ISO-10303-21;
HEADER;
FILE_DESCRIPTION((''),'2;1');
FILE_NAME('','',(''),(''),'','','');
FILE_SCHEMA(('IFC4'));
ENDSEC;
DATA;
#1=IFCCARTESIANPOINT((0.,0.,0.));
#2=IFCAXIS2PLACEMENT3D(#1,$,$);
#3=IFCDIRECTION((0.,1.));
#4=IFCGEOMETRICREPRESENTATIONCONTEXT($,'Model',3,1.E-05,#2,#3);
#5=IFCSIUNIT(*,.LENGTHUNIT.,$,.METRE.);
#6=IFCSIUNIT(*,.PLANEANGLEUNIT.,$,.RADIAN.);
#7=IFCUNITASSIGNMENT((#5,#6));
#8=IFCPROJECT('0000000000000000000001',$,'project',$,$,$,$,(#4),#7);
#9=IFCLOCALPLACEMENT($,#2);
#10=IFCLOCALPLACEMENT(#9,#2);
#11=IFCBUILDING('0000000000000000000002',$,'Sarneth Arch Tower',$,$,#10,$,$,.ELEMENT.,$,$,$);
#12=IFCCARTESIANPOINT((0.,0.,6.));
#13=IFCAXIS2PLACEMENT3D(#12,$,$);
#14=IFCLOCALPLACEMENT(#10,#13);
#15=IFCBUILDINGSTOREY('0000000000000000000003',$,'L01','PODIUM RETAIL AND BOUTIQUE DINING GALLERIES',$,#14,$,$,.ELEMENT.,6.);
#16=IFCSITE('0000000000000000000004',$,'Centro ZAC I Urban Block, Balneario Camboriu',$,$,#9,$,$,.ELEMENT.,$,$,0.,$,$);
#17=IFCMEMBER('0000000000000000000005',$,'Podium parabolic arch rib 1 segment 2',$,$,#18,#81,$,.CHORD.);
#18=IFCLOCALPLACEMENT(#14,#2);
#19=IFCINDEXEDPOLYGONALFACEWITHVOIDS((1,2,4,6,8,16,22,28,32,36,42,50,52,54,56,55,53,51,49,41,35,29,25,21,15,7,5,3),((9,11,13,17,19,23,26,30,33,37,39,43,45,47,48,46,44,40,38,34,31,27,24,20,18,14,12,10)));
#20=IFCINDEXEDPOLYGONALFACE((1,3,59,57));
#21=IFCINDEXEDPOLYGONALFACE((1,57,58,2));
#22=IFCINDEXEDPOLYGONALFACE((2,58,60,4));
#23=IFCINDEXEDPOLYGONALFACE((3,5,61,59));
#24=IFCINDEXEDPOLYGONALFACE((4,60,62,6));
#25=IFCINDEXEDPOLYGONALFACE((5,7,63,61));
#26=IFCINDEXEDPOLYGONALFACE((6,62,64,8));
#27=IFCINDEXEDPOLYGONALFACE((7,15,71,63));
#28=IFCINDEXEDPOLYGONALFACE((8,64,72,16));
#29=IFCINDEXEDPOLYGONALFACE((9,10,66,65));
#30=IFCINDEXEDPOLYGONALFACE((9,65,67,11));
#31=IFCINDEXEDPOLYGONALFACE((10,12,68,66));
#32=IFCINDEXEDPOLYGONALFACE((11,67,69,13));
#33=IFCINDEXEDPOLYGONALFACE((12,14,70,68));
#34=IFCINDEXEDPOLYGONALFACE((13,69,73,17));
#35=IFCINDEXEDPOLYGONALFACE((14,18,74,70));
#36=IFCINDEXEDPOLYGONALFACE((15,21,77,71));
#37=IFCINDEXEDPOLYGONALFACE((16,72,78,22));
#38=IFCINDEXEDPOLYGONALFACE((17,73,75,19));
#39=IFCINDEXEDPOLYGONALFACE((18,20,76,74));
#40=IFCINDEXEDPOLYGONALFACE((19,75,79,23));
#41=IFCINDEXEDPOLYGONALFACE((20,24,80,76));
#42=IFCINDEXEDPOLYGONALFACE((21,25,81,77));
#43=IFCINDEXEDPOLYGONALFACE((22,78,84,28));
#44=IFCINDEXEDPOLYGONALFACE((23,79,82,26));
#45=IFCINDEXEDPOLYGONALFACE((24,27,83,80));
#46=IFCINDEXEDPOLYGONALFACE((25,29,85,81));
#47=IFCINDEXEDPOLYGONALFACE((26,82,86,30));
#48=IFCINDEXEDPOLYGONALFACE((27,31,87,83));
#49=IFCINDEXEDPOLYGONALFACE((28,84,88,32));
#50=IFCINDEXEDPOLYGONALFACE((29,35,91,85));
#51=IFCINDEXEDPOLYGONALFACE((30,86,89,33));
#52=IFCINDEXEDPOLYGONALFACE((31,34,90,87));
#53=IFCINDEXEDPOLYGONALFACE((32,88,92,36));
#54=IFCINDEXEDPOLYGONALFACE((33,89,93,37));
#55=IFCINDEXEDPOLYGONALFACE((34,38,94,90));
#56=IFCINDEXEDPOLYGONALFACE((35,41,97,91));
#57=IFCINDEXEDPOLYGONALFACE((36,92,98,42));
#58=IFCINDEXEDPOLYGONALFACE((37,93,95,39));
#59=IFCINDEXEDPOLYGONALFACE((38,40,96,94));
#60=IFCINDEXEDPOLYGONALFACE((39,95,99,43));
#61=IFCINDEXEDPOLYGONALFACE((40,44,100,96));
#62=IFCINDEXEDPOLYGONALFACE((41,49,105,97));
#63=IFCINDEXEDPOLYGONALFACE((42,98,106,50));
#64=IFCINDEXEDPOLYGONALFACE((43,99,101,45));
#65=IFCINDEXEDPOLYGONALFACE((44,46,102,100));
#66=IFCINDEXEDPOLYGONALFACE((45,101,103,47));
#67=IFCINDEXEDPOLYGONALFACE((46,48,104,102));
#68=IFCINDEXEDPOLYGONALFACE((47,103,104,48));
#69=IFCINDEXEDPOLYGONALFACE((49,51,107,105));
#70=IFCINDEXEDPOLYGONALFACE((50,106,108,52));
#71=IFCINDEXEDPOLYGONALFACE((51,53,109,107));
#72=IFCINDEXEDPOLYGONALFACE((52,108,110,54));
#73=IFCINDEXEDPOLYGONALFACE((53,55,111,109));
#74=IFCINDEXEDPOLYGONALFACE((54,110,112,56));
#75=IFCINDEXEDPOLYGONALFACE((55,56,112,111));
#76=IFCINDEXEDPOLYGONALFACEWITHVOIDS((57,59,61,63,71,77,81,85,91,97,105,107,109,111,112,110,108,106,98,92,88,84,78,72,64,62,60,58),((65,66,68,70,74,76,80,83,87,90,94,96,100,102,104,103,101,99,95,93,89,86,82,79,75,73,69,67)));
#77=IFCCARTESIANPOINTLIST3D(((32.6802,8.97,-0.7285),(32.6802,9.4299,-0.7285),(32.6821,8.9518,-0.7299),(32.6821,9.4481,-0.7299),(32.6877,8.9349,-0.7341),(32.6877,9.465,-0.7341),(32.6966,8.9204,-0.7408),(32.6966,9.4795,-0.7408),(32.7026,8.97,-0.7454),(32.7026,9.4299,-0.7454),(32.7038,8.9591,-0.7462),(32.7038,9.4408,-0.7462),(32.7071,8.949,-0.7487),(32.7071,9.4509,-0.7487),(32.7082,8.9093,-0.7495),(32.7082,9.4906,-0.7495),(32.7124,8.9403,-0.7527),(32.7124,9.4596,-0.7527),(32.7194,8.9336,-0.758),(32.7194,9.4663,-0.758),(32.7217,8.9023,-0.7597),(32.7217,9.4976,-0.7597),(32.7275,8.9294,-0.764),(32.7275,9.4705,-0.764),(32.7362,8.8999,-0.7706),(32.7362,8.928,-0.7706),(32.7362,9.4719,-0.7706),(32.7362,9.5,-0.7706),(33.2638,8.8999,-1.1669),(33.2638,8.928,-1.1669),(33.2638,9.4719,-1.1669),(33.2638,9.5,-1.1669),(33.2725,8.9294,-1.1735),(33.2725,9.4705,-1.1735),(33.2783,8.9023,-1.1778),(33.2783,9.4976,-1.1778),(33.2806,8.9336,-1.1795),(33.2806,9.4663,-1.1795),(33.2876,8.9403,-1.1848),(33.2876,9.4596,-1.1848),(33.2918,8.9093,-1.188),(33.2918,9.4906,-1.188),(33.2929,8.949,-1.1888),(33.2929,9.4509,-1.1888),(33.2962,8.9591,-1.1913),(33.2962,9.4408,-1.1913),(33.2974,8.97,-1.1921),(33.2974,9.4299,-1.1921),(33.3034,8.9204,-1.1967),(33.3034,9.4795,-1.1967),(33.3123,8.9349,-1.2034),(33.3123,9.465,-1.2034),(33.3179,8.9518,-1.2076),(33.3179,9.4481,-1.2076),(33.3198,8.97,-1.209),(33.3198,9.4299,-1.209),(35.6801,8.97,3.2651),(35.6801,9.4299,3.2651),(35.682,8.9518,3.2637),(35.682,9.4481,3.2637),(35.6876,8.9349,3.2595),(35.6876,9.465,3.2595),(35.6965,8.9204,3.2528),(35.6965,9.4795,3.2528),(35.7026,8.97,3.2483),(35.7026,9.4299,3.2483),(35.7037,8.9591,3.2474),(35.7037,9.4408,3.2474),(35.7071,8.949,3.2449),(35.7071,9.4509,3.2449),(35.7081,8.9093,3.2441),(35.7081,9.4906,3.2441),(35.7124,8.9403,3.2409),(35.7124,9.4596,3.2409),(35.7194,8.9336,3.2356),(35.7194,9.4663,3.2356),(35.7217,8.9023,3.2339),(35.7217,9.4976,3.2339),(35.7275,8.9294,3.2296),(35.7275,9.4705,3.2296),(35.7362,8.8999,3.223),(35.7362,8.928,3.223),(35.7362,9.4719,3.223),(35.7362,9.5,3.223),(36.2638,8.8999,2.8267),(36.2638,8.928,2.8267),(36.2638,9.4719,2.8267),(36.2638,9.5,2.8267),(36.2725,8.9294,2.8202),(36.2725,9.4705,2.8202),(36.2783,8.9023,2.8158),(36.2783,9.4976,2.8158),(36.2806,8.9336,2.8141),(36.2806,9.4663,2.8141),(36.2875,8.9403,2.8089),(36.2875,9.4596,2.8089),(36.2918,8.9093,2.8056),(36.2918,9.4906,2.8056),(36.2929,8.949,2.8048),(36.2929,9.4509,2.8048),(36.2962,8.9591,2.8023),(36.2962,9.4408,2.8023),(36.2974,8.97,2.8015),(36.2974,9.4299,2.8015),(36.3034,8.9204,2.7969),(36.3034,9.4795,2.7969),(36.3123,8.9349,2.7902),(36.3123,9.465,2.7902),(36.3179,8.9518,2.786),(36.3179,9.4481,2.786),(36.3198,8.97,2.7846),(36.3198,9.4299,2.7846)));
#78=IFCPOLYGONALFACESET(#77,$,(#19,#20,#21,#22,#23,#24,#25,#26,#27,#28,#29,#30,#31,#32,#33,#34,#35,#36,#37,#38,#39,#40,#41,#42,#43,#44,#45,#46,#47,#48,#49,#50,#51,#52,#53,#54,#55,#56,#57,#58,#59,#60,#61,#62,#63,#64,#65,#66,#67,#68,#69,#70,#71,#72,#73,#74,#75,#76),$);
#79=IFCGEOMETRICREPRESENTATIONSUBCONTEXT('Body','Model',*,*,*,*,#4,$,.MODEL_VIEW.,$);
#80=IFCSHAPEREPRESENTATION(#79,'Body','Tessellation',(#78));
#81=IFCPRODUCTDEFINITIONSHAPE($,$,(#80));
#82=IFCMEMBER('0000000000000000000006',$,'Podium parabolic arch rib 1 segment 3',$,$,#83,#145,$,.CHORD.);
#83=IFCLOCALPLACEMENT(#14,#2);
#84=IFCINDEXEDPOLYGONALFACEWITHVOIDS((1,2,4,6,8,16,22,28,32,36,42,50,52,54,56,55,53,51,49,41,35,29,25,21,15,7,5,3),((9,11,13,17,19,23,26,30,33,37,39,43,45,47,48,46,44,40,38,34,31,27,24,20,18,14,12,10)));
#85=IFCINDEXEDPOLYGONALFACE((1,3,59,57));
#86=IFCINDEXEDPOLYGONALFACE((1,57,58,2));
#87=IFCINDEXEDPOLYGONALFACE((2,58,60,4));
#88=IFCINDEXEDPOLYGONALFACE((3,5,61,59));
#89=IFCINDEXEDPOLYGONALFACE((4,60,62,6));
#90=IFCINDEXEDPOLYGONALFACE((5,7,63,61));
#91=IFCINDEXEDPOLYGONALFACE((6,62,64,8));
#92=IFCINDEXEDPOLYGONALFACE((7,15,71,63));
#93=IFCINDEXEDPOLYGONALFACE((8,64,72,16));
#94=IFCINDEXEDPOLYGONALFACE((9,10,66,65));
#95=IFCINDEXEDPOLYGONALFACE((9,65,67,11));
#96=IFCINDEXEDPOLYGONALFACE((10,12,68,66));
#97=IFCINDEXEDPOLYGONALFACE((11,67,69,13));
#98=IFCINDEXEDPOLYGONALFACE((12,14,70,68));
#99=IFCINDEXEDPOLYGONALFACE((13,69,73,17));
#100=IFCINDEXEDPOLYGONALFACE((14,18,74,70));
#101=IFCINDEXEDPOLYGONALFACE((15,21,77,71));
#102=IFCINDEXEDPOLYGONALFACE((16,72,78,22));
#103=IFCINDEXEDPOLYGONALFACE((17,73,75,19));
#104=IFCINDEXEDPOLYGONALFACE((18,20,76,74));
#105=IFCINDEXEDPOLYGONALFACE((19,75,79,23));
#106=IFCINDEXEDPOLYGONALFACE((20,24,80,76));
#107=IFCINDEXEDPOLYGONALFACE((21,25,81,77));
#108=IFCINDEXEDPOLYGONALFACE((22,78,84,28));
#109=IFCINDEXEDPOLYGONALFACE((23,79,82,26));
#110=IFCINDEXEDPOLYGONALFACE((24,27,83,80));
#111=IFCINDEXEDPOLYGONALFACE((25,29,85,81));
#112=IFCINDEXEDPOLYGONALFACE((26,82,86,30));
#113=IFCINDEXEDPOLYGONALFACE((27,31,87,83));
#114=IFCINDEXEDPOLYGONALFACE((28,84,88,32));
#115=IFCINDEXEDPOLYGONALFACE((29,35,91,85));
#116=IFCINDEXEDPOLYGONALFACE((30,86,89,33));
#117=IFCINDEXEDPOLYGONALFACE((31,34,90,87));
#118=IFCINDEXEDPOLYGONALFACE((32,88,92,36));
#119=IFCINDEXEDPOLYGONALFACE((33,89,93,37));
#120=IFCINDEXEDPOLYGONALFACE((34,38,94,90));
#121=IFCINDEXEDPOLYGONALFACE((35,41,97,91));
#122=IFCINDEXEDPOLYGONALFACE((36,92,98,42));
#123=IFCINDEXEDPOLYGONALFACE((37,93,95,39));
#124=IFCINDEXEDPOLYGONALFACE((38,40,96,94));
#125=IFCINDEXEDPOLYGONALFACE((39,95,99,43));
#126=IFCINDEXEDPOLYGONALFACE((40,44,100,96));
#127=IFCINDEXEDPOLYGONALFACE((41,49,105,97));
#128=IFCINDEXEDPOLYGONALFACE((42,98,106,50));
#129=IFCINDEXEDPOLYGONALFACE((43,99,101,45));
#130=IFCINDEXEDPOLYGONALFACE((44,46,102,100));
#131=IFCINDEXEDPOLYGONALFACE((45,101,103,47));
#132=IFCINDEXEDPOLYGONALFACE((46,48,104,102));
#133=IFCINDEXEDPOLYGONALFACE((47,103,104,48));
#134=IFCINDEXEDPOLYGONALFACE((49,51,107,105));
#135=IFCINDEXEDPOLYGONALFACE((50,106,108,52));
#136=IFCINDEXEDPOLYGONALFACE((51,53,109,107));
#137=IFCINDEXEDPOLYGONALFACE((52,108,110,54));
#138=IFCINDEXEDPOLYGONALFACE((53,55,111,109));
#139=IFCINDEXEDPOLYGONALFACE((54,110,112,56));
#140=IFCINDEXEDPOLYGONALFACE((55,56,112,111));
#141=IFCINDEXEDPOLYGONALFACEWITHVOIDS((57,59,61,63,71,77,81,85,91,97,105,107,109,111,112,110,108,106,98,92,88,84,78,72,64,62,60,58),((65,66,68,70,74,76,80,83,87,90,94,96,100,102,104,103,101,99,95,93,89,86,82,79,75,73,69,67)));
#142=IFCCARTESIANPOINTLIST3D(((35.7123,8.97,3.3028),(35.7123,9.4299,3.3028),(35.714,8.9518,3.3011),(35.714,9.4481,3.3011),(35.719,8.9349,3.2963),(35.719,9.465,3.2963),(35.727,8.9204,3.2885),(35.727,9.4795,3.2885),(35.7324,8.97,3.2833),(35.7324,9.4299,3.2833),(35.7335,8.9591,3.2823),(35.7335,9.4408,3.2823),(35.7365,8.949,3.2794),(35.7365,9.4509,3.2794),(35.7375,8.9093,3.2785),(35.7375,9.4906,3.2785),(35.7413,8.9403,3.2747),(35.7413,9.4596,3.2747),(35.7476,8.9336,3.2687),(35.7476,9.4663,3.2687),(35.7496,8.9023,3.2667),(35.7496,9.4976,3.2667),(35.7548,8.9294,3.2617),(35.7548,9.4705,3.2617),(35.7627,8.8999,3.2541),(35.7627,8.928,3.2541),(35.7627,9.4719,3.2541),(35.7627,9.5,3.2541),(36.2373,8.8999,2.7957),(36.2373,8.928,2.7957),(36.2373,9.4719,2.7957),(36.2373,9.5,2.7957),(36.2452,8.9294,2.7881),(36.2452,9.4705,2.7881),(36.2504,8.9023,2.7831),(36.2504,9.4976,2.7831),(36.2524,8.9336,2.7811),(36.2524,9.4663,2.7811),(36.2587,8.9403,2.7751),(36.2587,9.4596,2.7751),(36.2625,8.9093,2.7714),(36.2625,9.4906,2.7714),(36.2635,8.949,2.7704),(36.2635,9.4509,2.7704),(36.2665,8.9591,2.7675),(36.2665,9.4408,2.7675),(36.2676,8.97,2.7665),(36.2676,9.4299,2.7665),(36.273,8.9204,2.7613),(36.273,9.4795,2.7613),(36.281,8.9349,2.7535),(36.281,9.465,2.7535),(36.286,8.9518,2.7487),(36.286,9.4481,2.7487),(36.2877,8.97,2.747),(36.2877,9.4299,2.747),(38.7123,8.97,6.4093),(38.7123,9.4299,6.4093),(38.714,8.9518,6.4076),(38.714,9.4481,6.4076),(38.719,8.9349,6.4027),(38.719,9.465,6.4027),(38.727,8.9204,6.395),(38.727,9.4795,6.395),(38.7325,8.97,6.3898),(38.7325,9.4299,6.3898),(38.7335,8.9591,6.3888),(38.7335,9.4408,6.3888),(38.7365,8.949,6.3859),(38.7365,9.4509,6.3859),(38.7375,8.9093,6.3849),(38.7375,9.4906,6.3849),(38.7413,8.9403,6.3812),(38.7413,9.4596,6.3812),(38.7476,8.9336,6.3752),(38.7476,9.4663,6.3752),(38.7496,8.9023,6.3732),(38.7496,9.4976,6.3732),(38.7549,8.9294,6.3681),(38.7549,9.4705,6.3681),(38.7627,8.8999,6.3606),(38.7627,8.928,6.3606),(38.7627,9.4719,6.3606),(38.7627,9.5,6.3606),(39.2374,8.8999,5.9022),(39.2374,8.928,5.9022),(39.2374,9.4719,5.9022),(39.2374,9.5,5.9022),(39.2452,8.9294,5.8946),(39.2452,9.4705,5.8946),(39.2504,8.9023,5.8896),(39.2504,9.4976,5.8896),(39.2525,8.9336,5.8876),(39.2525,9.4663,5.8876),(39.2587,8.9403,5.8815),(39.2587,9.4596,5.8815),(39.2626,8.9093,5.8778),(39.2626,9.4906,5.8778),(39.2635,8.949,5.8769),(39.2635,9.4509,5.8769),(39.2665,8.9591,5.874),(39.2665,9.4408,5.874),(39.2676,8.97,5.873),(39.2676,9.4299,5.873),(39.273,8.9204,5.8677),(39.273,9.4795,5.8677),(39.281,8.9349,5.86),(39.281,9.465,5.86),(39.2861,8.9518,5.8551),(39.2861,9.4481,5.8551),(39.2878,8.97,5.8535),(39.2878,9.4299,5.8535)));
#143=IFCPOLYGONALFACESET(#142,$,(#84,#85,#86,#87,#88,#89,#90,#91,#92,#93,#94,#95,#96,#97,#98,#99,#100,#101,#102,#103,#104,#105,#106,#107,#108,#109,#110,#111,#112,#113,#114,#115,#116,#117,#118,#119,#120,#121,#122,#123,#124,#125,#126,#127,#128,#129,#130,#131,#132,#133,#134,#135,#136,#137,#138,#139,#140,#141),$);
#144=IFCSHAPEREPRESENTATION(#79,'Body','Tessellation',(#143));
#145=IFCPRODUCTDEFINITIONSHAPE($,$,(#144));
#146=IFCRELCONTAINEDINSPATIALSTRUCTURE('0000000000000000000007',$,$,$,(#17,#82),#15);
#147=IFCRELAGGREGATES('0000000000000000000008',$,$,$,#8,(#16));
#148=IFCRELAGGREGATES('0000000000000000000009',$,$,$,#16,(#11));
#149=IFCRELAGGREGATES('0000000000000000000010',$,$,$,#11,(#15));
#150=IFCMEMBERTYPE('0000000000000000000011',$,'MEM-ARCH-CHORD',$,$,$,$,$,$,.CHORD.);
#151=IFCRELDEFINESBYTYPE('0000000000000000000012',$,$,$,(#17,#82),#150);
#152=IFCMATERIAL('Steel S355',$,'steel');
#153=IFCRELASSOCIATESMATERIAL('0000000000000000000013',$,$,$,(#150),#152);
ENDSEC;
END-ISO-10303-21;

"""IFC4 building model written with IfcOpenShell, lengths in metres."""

from ifc_helpers import new_model, si_unit, direction, frame, origin, origin_2d, place, context, subcontext, project, spatial, hollow_rectangle, extrude, material, material_profile, profile_set, type_object, element, save


model = new_model("IFC4")

# Units and contexts
model_context = context("Model", 3, precision=1e-05, world=origin(), true_north=direction((0.0, 1.0)))
body_context = subcontext(model_context, "Body", "Model", "MODEL_VIEW")
ifc_project = project(units=[si_unit("LENGTHUNIT", "METRE"), si_unit("PLANEANGLEUNIT", "RADIAN")], contexts=[model_context])

# Site, building, storey
site_placement = place(None, origin())
site = spatial("IfcSite", under=ifc_project, at=site_placement, Name="Centro ZAC I Urban Block, Balneario Camboriu", CompositionType="ELEMENT", RefElevation=0.0)
building_placement = place(site_placement, origin())
building = spatial("IfcBuilding", under=site, at=building_placement, Name="Sarneth Arch Tower", CompositionType="ELEMENT")
storey_placement = place(building_placement, frame((0.0, 0.0, 6.0)))
storey = spatial("IfcBuildingStorey", under=building, at=storey_placement, Name="L01", Description="PODIUM RETAIL AND BOUTIQUE DINING GALLERIES", CompositionType="ELEMENT", Elevation=6.0)

# Members
ifc_material_1 = material(Name="Steel S355", Category="steel")
ifc_material_profile_1 = material_profile(ifc_material_1, hollow_rectangle(XDim=0.6001, YDim=0.8, WallThickness=0.0281, InnerFilletRadius=0.042, OuterFilletRadius=0.0701, at=origin_2d()), Name="RHS800x600x28")
ifc_profile_set_1 = profile_set([ifc_material_profile_1], Name="Steel S355")
member_type_1 = type_object("IfcMemberType", Name="MEM-ARCH-CHORD", PredefinedType="CHORD", material=ifc_profile_set_1)
member_1_placement = place(storey_placement, frame((33.0, 9.2, -0.9688), z_axis=(0.60061, 0.0, 0.799542), x_axis=(0.0, 1.0, 0.0)))
element("IfcMember", 1, at=member_1_placement, inside=storey, type_object=member_type_1, Name="Podium parabolic arch rib 1 segment 2", PredefinedType="CHORD", context=body_context, shape_type="SweptSolid", body=[
    extrude(hollow_rectangle(XDim=0.6001, YDim=0.8, WallThickness=0.0281, InnerFilletRadius=0.042, OuterFilletRadius=0.0701, at=origin_2d()), origin(), (0.0, 0.0, 1.0), 4.9949),
])
member_2_placement = place(storey_placement, frame((36.0, 9.2, 3.0249), z_axis=(0.694675, 0.0, 0.719324), x_axis=(0.0, 1.0, 0.0)))
element("IfcMember", 2, at=member_2_placement, inside=storey, type_object=member_type_1, Name="Podium parabolic arch rib 1 segment 3", PredefinedType="CHORD", context=body_context, shape_type="SweptSolid", body=[
    extrude(hollow_rectangle(XDim=0.6001, YDim=0.8, WallThickness=0.0281, InnerFilletRadius=0.042, OuterFilletRadius=0.0701, at=origin_2d()), origin(), (0.0, 0.0, 1.0), 4.3186),
])

save(model, "model.ifc")
